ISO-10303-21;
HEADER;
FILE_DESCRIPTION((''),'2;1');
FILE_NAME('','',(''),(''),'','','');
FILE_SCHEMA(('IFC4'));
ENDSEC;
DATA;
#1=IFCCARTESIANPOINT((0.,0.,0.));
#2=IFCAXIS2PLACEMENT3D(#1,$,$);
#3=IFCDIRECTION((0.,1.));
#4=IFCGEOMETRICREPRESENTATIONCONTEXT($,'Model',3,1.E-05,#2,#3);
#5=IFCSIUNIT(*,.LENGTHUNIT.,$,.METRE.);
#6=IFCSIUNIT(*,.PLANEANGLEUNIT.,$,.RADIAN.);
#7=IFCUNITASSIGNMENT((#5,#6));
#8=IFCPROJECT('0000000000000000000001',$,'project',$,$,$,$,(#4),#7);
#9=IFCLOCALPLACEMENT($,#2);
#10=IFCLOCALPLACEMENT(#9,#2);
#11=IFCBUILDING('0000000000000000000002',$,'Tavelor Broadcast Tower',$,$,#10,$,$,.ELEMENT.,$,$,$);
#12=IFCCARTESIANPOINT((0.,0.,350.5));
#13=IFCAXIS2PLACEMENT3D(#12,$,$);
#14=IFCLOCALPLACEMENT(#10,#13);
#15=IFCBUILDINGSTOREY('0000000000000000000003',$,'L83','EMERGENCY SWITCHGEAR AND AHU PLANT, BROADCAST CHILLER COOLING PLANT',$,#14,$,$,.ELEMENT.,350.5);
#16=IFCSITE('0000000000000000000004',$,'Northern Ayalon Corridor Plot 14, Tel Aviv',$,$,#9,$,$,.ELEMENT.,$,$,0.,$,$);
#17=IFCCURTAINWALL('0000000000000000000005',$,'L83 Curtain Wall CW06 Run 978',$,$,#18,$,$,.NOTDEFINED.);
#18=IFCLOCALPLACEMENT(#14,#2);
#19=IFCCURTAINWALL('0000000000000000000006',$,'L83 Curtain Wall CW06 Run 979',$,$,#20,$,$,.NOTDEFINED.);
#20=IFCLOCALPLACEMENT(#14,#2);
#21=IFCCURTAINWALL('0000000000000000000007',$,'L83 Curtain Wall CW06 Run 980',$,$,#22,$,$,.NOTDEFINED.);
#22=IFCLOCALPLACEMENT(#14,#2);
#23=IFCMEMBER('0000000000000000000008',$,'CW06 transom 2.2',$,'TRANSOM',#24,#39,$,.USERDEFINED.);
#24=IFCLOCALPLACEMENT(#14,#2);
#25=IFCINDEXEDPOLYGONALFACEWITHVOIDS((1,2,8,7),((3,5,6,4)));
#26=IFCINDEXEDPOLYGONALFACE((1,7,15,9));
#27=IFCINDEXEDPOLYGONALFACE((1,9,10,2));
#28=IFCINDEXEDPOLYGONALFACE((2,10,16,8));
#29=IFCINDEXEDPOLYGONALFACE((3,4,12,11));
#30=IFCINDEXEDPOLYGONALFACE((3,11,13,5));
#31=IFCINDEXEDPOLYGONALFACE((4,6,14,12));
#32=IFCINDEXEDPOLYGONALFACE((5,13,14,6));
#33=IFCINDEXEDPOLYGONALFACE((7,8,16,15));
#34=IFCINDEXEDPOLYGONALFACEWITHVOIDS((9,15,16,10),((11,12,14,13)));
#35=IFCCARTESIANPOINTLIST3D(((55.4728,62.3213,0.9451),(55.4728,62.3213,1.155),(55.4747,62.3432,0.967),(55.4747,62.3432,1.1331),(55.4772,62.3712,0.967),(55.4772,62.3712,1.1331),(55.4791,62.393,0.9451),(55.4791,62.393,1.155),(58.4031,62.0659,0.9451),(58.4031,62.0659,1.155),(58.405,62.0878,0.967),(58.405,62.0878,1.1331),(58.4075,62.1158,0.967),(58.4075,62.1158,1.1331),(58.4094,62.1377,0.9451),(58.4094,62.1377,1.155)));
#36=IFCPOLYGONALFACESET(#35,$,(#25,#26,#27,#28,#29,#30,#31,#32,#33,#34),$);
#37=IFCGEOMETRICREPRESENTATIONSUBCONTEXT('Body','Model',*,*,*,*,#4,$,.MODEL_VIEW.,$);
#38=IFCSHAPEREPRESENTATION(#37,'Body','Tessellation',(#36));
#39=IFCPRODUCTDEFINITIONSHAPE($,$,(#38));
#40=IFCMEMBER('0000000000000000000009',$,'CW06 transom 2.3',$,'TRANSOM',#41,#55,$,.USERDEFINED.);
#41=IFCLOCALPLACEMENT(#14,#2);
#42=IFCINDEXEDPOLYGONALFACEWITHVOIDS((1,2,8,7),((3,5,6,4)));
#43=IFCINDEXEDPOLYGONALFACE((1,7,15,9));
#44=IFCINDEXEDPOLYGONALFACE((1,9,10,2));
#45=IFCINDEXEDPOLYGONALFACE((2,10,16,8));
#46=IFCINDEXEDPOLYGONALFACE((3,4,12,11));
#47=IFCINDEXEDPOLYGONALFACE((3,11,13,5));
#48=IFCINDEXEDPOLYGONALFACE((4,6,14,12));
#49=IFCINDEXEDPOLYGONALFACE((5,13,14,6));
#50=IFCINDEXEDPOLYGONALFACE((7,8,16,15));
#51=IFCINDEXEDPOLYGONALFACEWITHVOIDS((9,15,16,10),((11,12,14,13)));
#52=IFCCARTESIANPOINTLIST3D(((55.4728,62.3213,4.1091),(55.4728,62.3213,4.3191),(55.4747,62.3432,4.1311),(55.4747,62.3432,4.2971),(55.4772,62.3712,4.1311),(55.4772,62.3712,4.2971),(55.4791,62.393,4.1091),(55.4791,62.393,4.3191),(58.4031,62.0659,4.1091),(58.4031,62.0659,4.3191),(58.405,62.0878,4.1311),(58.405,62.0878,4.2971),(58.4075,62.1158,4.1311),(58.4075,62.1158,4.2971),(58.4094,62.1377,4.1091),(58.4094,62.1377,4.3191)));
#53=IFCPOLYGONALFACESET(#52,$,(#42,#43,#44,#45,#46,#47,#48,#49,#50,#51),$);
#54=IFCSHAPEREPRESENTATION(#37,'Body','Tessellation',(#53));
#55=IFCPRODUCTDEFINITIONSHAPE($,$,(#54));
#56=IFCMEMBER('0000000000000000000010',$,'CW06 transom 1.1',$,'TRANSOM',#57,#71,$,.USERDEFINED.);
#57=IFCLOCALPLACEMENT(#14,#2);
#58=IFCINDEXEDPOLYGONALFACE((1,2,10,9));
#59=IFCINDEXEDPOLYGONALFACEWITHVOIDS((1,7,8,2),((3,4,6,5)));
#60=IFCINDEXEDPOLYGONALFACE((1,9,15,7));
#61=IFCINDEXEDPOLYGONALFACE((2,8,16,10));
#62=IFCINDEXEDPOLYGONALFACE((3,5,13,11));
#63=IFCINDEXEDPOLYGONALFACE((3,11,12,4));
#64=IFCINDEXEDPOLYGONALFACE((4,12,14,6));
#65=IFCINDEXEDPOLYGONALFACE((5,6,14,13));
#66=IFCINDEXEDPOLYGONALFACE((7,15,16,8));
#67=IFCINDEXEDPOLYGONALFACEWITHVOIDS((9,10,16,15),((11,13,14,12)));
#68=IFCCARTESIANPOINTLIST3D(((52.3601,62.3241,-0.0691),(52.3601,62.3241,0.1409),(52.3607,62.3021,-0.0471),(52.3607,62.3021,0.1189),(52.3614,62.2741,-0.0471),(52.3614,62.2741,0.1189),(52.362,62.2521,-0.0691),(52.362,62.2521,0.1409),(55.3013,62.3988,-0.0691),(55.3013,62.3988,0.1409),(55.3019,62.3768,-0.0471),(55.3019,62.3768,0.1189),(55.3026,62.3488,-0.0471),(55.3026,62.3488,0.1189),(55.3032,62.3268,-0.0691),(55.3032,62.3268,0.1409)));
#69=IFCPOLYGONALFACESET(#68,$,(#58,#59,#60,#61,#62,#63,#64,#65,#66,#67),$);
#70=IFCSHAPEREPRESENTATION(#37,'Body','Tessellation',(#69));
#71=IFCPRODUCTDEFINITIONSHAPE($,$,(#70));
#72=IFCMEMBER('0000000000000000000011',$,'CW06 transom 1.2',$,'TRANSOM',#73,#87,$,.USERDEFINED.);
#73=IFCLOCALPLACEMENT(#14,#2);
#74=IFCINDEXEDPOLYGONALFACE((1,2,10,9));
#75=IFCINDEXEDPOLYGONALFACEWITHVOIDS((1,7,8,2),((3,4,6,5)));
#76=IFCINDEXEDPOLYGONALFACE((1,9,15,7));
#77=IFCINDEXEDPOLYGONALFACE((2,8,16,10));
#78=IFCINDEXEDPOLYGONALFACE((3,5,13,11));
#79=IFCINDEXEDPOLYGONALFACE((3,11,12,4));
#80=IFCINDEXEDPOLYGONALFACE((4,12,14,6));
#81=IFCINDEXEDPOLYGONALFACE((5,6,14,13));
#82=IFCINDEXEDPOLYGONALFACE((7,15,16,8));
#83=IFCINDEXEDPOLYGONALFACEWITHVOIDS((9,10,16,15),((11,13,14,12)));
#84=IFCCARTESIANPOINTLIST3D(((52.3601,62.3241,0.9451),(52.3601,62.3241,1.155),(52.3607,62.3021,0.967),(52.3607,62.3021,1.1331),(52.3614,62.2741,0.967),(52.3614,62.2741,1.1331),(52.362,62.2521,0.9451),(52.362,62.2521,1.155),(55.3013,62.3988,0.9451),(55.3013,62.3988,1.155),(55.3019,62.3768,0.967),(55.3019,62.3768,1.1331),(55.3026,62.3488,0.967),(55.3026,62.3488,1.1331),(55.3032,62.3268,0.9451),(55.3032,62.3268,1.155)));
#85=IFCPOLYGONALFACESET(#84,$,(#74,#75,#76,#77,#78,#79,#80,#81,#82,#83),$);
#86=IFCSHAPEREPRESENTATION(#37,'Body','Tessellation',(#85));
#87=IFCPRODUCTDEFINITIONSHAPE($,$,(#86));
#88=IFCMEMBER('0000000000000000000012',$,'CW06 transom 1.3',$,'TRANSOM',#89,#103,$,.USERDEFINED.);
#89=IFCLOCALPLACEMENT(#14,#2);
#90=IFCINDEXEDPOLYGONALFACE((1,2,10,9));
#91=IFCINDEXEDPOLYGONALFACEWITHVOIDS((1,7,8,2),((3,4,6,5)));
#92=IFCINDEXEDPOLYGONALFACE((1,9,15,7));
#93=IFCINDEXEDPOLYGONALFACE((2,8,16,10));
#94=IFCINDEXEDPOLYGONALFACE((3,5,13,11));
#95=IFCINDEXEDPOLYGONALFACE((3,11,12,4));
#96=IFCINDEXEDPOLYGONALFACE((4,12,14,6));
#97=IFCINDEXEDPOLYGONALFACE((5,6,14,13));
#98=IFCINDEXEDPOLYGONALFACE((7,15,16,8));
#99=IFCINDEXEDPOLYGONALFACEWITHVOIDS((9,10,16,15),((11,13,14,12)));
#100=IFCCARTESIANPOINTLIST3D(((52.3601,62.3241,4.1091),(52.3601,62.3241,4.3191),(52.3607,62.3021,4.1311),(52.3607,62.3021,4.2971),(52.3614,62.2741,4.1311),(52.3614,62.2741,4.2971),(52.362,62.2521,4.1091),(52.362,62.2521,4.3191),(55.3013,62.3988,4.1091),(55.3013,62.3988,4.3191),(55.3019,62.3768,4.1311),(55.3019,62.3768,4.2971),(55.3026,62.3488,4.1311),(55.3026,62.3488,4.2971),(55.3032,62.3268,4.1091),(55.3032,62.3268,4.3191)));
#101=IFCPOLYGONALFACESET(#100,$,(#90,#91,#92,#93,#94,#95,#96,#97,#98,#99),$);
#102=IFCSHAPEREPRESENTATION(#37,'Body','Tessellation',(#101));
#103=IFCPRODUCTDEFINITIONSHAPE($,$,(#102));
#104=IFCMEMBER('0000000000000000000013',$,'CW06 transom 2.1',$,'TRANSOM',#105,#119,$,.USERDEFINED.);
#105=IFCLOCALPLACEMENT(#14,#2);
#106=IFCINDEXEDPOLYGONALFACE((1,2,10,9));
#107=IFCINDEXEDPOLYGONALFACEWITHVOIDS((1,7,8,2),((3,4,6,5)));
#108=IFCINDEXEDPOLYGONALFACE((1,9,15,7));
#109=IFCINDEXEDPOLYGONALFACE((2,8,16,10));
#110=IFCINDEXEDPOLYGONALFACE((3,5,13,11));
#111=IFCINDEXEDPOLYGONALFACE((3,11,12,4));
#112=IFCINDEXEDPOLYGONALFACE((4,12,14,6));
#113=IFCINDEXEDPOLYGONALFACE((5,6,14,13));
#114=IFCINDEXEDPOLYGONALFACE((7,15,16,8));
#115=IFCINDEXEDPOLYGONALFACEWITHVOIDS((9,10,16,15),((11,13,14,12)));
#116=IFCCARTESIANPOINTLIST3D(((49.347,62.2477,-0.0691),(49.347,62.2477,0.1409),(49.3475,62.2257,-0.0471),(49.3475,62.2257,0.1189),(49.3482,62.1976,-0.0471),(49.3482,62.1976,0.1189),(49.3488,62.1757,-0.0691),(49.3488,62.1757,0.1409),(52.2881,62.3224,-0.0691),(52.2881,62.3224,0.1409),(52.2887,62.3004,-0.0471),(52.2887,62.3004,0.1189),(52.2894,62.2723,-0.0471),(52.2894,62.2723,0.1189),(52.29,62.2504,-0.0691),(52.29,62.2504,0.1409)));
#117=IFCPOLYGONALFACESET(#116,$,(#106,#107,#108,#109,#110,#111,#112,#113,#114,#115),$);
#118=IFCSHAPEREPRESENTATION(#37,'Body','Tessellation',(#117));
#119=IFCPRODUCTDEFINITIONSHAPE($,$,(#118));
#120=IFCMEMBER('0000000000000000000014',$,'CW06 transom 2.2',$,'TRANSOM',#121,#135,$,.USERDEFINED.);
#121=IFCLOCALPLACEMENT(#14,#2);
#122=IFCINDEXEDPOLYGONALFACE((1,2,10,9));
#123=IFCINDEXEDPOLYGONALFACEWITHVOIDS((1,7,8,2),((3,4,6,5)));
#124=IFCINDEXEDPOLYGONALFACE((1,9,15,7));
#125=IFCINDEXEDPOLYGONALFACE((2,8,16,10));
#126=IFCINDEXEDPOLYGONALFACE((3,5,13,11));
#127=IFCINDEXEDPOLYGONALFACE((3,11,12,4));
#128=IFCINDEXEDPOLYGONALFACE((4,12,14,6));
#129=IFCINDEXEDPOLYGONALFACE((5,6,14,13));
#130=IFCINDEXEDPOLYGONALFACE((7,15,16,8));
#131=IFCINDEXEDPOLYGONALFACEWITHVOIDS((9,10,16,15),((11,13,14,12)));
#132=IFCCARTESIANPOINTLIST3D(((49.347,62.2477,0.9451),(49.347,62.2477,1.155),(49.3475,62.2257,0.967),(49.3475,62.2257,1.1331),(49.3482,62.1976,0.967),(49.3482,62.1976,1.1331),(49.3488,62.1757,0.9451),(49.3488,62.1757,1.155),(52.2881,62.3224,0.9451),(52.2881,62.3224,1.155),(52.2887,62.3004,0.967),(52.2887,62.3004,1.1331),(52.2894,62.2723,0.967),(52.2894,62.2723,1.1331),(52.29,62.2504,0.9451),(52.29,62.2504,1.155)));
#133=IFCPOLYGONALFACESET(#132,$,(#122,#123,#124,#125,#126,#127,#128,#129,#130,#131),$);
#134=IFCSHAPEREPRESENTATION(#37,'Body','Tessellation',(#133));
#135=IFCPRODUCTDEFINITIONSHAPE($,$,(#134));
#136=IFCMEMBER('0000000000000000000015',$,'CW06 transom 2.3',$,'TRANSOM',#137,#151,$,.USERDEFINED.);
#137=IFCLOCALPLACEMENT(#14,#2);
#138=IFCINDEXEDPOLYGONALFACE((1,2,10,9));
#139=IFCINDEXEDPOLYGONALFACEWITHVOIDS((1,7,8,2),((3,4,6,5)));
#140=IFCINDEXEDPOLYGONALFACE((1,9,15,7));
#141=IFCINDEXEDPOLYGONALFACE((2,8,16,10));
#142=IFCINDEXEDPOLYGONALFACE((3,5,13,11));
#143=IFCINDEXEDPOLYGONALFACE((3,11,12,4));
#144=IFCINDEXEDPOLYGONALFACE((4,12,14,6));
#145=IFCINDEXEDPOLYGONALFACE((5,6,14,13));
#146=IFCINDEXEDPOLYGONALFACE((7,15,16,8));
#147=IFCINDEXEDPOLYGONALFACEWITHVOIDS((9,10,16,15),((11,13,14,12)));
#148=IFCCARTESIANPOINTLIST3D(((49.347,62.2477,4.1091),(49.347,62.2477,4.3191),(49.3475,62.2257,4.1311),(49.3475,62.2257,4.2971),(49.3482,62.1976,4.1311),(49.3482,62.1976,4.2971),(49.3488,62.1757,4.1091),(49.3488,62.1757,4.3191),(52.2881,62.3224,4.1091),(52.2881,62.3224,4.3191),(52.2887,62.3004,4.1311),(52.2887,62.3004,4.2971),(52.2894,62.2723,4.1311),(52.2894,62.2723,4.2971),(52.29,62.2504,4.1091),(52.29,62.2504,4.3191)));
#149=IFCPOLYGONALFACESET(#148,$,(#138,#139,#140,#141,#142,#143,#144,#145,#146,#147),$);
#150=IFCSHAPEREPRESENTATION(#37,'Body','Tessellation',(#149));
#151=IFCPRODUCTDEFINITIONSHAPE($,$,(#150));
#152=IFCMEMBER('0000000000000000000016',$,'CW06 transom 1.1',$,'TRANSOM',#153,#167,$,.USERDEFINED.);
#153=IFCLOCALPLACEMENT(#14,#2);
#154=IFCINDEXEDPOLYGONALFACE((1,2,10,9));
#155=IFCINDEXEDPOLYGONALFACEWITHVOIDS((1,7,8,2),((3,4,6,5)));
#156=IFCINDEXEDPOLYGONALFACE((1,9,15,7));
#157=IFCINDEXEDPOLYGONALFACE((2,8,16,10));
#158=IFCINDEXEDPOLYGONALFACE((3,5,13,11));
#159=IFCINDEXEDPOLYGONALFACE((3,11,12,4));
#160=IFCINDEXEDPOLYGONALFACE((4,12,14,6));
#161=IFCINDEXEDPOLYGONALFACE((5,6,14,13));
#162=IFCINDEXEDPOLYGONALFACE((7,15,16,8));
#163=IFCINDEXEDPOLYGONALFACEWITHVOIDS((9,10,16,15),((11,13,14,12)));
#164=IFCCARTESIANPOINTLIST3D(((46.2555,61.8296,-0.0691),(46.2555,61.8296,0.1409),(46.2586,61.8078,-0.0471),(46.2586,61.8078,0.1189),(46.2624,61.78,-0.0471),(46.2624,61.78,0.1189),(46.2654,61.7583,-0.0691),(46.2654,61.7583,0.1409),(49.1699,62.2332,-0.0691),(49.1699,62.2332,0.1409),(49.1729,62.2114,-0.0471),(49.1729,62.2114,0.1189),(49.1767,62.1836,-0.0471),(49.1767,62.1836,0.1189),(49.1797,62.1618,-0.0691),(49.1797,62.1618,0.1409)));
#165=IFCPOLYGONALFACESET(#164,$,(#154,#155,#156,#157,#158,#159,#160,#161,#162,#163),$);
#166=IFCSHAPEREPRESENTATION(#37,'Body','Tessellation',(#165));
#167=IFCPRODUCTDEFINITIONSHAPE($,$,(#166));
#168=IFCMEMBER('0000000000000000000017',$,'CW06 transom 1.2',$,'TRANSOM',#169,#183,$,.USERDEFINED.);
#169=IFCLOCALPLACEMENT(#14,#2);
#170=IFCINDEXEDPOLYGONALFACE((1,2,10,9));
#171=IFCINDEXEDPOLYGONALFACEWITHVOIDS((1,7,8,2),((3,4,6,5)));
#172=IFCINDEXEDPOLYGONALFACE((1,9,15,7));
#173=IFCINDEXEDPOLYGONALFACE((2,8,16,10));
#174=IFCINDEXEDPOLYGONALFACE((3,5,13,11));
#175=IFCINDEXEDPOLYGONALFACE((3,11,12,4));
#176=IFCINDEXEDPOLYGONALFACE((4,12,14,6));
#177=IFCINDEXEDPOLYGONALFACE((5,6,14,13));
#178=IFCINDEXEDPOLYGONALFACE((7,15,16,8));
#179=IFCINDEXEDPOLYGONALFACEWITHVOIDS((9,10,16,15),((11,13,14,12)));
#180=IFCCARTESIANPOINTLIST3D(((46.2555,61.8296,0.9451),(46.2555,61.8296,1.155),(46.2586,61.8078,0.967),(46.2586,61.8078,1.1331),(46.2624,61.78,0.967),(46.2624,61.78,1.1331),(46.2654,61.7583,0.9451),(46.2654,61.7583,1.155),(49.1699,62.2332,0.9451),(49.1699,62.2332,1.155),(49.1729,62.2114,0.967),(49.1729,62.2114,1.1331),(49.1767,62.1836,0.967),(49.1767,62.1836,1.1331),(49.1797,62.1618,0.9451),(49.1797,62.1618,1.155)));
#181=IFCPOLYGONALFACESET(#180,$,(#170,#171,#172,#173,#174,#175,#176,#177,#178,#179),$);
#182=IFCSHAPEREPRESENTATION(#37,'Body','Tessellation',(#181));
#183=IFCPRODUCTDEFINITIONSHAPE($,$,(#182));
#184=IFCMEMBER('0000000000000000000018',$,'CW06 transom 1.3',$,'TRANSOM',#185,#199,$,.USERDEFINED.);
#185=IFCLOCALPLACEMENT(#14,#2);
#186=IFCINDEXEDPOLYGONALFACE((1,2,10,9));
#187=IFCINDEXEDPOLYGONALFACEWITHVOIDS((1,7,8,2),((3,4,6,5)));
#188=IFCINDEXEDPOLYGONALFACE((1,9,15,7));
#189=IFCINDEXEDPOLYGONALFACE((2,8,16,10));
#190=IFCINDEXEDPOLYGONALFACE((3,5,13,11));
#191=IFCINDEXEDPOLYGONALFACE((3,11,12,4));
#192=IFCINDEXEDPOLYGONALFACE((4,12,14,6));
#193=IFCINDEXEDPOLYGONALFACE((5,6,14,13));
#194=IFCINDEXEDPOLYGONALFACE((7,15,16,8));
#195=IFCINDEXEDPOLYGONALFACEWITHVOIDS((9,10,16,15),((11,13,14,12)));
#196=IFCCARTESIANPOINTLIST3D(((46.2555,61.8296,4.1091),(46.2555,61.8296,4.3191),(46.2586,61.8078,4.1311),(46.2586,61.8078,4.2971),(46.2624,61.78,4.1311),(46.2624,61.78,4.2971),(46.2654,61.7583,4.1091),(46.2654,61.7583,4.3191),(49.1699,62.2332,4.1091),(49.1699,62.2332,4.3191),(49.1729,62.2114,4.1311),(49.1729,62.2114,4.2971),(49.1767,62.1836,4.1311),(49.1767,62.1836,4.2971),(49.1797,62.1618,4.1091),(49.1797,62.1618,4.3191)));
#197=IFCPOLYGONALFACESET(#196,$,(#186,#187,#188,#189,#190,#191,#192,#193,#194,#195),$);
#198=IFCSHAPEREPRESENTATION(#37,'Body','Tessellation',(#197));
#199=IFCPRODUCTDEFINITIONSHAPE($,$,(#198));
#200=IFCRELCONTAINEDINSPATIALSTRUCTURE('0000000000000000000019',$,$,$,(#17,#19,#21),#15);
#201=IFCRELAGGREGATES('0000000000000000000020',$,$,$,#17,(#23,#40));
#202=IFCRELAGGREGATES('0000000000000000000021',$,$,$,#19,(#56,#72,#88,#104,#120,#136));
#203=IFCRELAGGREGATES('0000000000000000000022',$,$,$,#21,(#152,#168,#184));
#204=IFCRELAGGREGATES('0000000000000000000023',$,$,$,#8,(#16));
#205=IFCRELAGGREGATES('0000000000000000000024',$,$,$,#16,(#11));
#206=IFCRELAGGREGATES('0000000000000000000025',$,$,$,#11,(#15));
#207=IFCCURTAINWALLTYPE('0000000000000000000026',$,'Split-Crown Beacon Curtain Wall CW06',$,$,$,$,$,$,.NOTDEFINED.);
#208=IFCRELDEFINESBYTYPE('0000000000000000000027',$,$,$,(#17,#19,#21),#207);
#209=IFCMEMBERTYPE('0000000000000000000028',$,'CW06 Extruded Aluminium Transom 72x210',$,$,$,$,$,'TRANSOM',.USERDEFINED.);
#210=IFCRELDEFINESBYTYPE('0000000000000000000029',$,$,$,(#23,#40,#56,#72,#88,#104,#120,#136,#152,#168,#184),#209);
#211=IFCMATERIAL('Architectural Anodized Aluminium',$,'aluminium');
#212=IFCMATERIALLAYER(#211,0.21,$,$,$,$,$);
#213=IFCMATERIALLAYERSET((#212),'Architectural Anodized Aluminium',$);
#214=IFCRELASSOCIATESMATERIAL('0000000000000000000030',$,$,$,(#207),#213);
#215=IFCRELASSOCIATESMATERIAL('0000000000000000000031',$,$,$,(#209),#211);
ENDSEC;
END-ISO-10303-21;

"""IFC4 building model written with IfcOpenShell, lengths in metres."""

from ifc_helpers import new_model, si_unit, direction, frame, origin, origin_2d, place, context, subcontext, project, spatial, hollow_rectangle, extrude, source, transform, mapped, material, layer, layer_set, material_profile, profile_set, type_object, type_shapes, element, aggregate, save


model = new_model("IFC4")

# Units and contexts
model_context = context("Model", 3, precision=1e-05, world=origin(), true_north=direction((0.0, 1.0)))
body_context = subcontext(model_context, "Body", "Model", "MODEL_VIEW")
ifc_project = project(units=[si_unit("LENGTHUNIT", "METRE"), si_unit("PLANEANGLEUNIT", "RADIAN")], contexts=[model_context])

# Site, building, storey
site_placement = place(None, origin())
site = spatial("IfcSite", under=ifc_project, at=site_placement, Name="Northern Ayalon Corridor Plot 14, Tel Aviv", CompositionType="ELEMENT", RefElevation=0.0)
building_placement = place(site_placement, origin())
building = spatial("IfcBuilding", under=site, at=building_placement, Name="Tavelor Broadcast Tower", CompositionType="ELEMENT")
storey_placement = place(building_placement, frame((0.0, 0.0, 350.5)))
storey = spatial("IfcBuildingStorey", under=building, at=storey_placement, Name="L83", Description="EMERGENCY SWITCHGEAR AND AHU PLANT, BROADCAST CHILLER COOLING PLANT", CompositionType="ELEMENT", Elevation=350.5)

# Curtain walls
ifc_material_1 = material(Name="Architectural Anodized Aluminium", Category="aluminium")
ifc_layer_1 = layer(ifc_material_1, 0.21)
ifc_layer_set_1 = layer_set([ifc_layer_1], Name="Architectural Anodized Aluminium")
curtain_wall_type = type_object("IfcCurtainWallType", Name="Split-Crown Beacon Curtain Wall CW06", PredefinedType="NOTDEFINED", material=ifc_layer_set_1)
curtain_wall_1_placement = place(storey_placement, origin())
curtain_wall_1 = element("IfcCurtainWall", 1, at=curtain_wall_1_placement, inside=storey, type_object=curtain_wall_type, Name="L83 Curtain Wall CW06 Run 978", PredefinedType="NOTDEFINED")
curtain_wall_2_placement = place(storey_placement, origin())
curtain_wall_2 = element("IfcCurtainWall", 2, at=curtain_wall_2_placement, inside=storey, type_object=curtain_wall_type, Name="L83 Curtain Wall CW06 Run 979", PredefinedType="NOTDEFINED")

# Curtain wall
curtain_wall_3_placement = place(storey_placement, origin())
curtain_wall_3 = element("IfcCurtainWall", 3, at=curtain_wall_3_placement, inside=storey, type_object=curtain_wall_type, Name="L83 Curtain Wall CW06 Run 980", PredefinedType="NOTDEFINED")

# Members
ifc_material_profile_1 = material_profile(ifc_material_1, hollow_rectangle(XDim=0.072, YDim=0.21, WallThickness=0.022, at=origin_2d()), Name="RHS 72x210x22")
ifc_profile_set_1 = profile_set([ifc_material_profile_1], Name="Architectural Anodized Aluminium")
member_type_1 = type_object("IfcMemberType", Name="CW06 Extruded Aluminium Transom 72x210", ElementType="TRANSOM", PredefinedType="USERDEFINED", material=ifc_profile_set_1)
shared_shape_1 = source(origin(), body_context, "Body", "SweptSolid", [
    extrude(hollow_rectangle(XDim=0.072, YDim=0.21, WallThickness=0.022, at=origin_2d()), origin(), (0.0, 0.0, 1.0), 2.9414),
])
member_1_placement = place(storey_placement, frame((58.4062, 62.1018, 1.05), z_axis=(-0.996224, 0.086816, 0.0), x_axis=(-0.086816, -0.996224, 0.0)))
member_1 = element("IfcMember", 4, at=member_1_placement, type_object=member_type_1, Name="CW06 transom 2.2", ObjectType="TRANSOM", PredefinedType="USERDEFINED", context=body_context, shape_type="MappedRepresentation", body=[
    mapped(shared_shape_1, transform((0.0, 0.0, 0.0), scale=1.0)),
])
member_2_placement = place(storey_placement, frame((58.4062, 62.1018, 4.2141), z_axis=(-0.996224, 0.086816, 0.0), x_axis=(-0.086816, -0.996224, 0.0)))
member_2 = element("IfcMember", 5, at=member_2_placement, type_object=member_type_1, Name="CW06 transom 2.3", ObjectType="TRANSOM", PredefinedType="USERDEFINED", context=body_context, shape_type="MappedRepresentation", body=[
    mapped(shared_shape_1, transform((0.0, 0.0, 0.0), scale=1.0)),
])
shared_shape_2 = source(origin(), body_context, "Body", "SweptSolid", [
    extrude(hollow_rectangle(XDim=0.072, YDim=0.21, WallThickness=0.022, at=origin_2d()), origin(), (0.0, 0.0, 1.0), 2.9421),
])
type_shapes(member_type_1, [shared_shape_1, shared_shape_2])
member_3_placement = place(storey_placement, frame((55.3022, 62.3628, 0.0359), z_axis=(-0.999678, -0.025392, 0.0), x_axis=(0.025392, -0.999678, 0.0)))
member_3 = element("IfcMember", 6, at=member_3_placement, type_object=member_type_1, Name="CW06 transom 1.1", ObjectType="TRANSOM", PredefinedType="USERDEFINED", context=body_context, shape_type="MappedRepresentation", body=[
    mapped(shared_shape_2, transform((0.0, 0.0, 0.0), scale=1.0)),
])
member_4_placement = place(storey_placement, frame((55.3022, 62.3628, 1.05), z_axis=(-0.999678, -0.025392, 0.0), x_axis=(0.025392, -0.999678, 0.0)))
member_4 = element("IfcMember", 7, at=member_4_placement, type_object=member_type_1, Name="CW06 transom 1.2", ObjectType="TRANSOM", PredefinedType="USERDEFINED", context=body_context, shape_type="MappedRepresentation", body=[
    mapped(shared_shape_2, transform((0.0, 0.0, 0.0), scale=1.0)),
])
member_5_placement = place(storey_placement, frame((55.3022, 62.3628, 4.2141), z_axis=(-0.999678, -0.025392, 0.0), x_axis=(0.025392, -0.999678, 0.0)))
member_5 = element("IfcMember", 8, at=member_5_placement, type_object=member_type_1, Name="CW06 transom 1.3", ObjectType="TRANSOM", PredefinedType="USERDEFINED", context=body_context, shape_type="MappedRepresentation", body=[
    mapped(shared_shape_2, transform((0.0, 0.0, 0.0), scale=1.0)),
])
member_6_placement = place(storey_placement, frame((52.2891, 62.2864, 0.0359), z_axis=(-0.999678, -0.025392, 0.0), x_axis=(0.025392, -0.999678, 0.0)))
member_6 = element("IfcMember", 9, at=member_6_placement, type_object=member_type_1, Name="CW06 transom 2.1", ObjectType="TRANSOM", PredefinedType="USERDEFINED", context=body_context, shape_type="MappedRepresentation", body=[
    mapped(shared_shape_2, transform((0.0, 0.0, 0.0), scale=1.0)),
])
member_7_placement = place(storey_placement, frame((52.2891, 62.2864, 1.05), z_axis=(-0.999678, -0.025392, 0.0), x_axis=(0.025392, -0.999678, 0.0)))
member_7 = element("IfcMember", 10, at=member_7_placement, type_object=member_type_1, Name="CW06 transom 2.2", ObjectType="TRANSOM", PredefinedType="USERDEFINED", context=body_context, shape_type="MappedRepresentation", body=[
    mapped(shared_shape_2, transform((0.0, 0.0, 0.0), scale=1.0)),
])
member_8_placement = place(storey_placement, frame((52.2891, 62.2864, 4.2141), z_axis=(-0.999678, -0.025392, 0.0), x_axis=(0.025392, -0.999678, 0.0)))
member_8 = element("IfcMember", 11, at=member_8_placement, type_object=member_type_1, Name="CW06 transom 2.3", ObjectType="TRANSOM", PredefinedType="USERDEFINED", context=body_context, shape_type="MappedRepresentation", body=[
    mapped(shared_shape_2, transform((0.0, 0.0, 0.0), scale=1.0)),
])
member_9_placement = place(storey_placement, frame((49.1748, 62.1975, 0.0359), z_axis=(-0.990548, -0.137168, 0.0), x_axis=(0.137168, -0.990548, 0.0)))
member_9 = element("IfcMember", 12, at=member_9_placement, type_object=member_type_1, Name="CW06 transom 1.1", ObjectType="TRANSOM", PredefinedType="USERDEFINED", context=body_context, shape_type="MappedRepresentation", body=[
    mapped(shared_shape_2, transform((0.0, 0.0, 0.0), scale=1.0)),
])
member_10_placement = place(storey_placement, frame((49.1748, 62.1975, 1.05), z_axis=(-0.990548, -0.137168, 0.0), x_axis=(0.137168, -0.990548, 0.0)))
member_10 = element("IfcMember", 13, at=member_10_placement, type_object=member_type_1, Name="CW06 transom 1.2", ObjectType="TRANSOM", PredefinedType="USERDEFINED", context=body_context, shape_type="MappedRepresentation", body=[
    mapped(shared_shape_2, transform((0.0, 0.0, 0.0), scale=1.0)),
])
member_11_placement = place(storey_placement, frame((49.1748, 62.1975, 4.2141), z_axis=(-0.990548, -0.137168, 0.0), x_axis=(0.137168, -0.990548, 0.0)))
member_11 = element("IfcMember", 14, at=member_11_placement, type_object=member_type_1, Name="CW06 transom 1.3", ObjectType="TRANSOM", PredefinedType="USERDEFINED", context=body_context, shape_type="MappedRepresentation", body=[
    mapped(shared_shape_2, transform((0.0, 0.0, 0.0), scale=1.0)),
])

aggregate(curtain_wall_1, [member_1, member_2])
aggregate(curtain_wall_2, [member_3, member_4, member_5, member_6, member_7, member_8])
aggregate(curtain_wall_3, [member_9, member_10, member_11])

save(model, "model.ifc")
